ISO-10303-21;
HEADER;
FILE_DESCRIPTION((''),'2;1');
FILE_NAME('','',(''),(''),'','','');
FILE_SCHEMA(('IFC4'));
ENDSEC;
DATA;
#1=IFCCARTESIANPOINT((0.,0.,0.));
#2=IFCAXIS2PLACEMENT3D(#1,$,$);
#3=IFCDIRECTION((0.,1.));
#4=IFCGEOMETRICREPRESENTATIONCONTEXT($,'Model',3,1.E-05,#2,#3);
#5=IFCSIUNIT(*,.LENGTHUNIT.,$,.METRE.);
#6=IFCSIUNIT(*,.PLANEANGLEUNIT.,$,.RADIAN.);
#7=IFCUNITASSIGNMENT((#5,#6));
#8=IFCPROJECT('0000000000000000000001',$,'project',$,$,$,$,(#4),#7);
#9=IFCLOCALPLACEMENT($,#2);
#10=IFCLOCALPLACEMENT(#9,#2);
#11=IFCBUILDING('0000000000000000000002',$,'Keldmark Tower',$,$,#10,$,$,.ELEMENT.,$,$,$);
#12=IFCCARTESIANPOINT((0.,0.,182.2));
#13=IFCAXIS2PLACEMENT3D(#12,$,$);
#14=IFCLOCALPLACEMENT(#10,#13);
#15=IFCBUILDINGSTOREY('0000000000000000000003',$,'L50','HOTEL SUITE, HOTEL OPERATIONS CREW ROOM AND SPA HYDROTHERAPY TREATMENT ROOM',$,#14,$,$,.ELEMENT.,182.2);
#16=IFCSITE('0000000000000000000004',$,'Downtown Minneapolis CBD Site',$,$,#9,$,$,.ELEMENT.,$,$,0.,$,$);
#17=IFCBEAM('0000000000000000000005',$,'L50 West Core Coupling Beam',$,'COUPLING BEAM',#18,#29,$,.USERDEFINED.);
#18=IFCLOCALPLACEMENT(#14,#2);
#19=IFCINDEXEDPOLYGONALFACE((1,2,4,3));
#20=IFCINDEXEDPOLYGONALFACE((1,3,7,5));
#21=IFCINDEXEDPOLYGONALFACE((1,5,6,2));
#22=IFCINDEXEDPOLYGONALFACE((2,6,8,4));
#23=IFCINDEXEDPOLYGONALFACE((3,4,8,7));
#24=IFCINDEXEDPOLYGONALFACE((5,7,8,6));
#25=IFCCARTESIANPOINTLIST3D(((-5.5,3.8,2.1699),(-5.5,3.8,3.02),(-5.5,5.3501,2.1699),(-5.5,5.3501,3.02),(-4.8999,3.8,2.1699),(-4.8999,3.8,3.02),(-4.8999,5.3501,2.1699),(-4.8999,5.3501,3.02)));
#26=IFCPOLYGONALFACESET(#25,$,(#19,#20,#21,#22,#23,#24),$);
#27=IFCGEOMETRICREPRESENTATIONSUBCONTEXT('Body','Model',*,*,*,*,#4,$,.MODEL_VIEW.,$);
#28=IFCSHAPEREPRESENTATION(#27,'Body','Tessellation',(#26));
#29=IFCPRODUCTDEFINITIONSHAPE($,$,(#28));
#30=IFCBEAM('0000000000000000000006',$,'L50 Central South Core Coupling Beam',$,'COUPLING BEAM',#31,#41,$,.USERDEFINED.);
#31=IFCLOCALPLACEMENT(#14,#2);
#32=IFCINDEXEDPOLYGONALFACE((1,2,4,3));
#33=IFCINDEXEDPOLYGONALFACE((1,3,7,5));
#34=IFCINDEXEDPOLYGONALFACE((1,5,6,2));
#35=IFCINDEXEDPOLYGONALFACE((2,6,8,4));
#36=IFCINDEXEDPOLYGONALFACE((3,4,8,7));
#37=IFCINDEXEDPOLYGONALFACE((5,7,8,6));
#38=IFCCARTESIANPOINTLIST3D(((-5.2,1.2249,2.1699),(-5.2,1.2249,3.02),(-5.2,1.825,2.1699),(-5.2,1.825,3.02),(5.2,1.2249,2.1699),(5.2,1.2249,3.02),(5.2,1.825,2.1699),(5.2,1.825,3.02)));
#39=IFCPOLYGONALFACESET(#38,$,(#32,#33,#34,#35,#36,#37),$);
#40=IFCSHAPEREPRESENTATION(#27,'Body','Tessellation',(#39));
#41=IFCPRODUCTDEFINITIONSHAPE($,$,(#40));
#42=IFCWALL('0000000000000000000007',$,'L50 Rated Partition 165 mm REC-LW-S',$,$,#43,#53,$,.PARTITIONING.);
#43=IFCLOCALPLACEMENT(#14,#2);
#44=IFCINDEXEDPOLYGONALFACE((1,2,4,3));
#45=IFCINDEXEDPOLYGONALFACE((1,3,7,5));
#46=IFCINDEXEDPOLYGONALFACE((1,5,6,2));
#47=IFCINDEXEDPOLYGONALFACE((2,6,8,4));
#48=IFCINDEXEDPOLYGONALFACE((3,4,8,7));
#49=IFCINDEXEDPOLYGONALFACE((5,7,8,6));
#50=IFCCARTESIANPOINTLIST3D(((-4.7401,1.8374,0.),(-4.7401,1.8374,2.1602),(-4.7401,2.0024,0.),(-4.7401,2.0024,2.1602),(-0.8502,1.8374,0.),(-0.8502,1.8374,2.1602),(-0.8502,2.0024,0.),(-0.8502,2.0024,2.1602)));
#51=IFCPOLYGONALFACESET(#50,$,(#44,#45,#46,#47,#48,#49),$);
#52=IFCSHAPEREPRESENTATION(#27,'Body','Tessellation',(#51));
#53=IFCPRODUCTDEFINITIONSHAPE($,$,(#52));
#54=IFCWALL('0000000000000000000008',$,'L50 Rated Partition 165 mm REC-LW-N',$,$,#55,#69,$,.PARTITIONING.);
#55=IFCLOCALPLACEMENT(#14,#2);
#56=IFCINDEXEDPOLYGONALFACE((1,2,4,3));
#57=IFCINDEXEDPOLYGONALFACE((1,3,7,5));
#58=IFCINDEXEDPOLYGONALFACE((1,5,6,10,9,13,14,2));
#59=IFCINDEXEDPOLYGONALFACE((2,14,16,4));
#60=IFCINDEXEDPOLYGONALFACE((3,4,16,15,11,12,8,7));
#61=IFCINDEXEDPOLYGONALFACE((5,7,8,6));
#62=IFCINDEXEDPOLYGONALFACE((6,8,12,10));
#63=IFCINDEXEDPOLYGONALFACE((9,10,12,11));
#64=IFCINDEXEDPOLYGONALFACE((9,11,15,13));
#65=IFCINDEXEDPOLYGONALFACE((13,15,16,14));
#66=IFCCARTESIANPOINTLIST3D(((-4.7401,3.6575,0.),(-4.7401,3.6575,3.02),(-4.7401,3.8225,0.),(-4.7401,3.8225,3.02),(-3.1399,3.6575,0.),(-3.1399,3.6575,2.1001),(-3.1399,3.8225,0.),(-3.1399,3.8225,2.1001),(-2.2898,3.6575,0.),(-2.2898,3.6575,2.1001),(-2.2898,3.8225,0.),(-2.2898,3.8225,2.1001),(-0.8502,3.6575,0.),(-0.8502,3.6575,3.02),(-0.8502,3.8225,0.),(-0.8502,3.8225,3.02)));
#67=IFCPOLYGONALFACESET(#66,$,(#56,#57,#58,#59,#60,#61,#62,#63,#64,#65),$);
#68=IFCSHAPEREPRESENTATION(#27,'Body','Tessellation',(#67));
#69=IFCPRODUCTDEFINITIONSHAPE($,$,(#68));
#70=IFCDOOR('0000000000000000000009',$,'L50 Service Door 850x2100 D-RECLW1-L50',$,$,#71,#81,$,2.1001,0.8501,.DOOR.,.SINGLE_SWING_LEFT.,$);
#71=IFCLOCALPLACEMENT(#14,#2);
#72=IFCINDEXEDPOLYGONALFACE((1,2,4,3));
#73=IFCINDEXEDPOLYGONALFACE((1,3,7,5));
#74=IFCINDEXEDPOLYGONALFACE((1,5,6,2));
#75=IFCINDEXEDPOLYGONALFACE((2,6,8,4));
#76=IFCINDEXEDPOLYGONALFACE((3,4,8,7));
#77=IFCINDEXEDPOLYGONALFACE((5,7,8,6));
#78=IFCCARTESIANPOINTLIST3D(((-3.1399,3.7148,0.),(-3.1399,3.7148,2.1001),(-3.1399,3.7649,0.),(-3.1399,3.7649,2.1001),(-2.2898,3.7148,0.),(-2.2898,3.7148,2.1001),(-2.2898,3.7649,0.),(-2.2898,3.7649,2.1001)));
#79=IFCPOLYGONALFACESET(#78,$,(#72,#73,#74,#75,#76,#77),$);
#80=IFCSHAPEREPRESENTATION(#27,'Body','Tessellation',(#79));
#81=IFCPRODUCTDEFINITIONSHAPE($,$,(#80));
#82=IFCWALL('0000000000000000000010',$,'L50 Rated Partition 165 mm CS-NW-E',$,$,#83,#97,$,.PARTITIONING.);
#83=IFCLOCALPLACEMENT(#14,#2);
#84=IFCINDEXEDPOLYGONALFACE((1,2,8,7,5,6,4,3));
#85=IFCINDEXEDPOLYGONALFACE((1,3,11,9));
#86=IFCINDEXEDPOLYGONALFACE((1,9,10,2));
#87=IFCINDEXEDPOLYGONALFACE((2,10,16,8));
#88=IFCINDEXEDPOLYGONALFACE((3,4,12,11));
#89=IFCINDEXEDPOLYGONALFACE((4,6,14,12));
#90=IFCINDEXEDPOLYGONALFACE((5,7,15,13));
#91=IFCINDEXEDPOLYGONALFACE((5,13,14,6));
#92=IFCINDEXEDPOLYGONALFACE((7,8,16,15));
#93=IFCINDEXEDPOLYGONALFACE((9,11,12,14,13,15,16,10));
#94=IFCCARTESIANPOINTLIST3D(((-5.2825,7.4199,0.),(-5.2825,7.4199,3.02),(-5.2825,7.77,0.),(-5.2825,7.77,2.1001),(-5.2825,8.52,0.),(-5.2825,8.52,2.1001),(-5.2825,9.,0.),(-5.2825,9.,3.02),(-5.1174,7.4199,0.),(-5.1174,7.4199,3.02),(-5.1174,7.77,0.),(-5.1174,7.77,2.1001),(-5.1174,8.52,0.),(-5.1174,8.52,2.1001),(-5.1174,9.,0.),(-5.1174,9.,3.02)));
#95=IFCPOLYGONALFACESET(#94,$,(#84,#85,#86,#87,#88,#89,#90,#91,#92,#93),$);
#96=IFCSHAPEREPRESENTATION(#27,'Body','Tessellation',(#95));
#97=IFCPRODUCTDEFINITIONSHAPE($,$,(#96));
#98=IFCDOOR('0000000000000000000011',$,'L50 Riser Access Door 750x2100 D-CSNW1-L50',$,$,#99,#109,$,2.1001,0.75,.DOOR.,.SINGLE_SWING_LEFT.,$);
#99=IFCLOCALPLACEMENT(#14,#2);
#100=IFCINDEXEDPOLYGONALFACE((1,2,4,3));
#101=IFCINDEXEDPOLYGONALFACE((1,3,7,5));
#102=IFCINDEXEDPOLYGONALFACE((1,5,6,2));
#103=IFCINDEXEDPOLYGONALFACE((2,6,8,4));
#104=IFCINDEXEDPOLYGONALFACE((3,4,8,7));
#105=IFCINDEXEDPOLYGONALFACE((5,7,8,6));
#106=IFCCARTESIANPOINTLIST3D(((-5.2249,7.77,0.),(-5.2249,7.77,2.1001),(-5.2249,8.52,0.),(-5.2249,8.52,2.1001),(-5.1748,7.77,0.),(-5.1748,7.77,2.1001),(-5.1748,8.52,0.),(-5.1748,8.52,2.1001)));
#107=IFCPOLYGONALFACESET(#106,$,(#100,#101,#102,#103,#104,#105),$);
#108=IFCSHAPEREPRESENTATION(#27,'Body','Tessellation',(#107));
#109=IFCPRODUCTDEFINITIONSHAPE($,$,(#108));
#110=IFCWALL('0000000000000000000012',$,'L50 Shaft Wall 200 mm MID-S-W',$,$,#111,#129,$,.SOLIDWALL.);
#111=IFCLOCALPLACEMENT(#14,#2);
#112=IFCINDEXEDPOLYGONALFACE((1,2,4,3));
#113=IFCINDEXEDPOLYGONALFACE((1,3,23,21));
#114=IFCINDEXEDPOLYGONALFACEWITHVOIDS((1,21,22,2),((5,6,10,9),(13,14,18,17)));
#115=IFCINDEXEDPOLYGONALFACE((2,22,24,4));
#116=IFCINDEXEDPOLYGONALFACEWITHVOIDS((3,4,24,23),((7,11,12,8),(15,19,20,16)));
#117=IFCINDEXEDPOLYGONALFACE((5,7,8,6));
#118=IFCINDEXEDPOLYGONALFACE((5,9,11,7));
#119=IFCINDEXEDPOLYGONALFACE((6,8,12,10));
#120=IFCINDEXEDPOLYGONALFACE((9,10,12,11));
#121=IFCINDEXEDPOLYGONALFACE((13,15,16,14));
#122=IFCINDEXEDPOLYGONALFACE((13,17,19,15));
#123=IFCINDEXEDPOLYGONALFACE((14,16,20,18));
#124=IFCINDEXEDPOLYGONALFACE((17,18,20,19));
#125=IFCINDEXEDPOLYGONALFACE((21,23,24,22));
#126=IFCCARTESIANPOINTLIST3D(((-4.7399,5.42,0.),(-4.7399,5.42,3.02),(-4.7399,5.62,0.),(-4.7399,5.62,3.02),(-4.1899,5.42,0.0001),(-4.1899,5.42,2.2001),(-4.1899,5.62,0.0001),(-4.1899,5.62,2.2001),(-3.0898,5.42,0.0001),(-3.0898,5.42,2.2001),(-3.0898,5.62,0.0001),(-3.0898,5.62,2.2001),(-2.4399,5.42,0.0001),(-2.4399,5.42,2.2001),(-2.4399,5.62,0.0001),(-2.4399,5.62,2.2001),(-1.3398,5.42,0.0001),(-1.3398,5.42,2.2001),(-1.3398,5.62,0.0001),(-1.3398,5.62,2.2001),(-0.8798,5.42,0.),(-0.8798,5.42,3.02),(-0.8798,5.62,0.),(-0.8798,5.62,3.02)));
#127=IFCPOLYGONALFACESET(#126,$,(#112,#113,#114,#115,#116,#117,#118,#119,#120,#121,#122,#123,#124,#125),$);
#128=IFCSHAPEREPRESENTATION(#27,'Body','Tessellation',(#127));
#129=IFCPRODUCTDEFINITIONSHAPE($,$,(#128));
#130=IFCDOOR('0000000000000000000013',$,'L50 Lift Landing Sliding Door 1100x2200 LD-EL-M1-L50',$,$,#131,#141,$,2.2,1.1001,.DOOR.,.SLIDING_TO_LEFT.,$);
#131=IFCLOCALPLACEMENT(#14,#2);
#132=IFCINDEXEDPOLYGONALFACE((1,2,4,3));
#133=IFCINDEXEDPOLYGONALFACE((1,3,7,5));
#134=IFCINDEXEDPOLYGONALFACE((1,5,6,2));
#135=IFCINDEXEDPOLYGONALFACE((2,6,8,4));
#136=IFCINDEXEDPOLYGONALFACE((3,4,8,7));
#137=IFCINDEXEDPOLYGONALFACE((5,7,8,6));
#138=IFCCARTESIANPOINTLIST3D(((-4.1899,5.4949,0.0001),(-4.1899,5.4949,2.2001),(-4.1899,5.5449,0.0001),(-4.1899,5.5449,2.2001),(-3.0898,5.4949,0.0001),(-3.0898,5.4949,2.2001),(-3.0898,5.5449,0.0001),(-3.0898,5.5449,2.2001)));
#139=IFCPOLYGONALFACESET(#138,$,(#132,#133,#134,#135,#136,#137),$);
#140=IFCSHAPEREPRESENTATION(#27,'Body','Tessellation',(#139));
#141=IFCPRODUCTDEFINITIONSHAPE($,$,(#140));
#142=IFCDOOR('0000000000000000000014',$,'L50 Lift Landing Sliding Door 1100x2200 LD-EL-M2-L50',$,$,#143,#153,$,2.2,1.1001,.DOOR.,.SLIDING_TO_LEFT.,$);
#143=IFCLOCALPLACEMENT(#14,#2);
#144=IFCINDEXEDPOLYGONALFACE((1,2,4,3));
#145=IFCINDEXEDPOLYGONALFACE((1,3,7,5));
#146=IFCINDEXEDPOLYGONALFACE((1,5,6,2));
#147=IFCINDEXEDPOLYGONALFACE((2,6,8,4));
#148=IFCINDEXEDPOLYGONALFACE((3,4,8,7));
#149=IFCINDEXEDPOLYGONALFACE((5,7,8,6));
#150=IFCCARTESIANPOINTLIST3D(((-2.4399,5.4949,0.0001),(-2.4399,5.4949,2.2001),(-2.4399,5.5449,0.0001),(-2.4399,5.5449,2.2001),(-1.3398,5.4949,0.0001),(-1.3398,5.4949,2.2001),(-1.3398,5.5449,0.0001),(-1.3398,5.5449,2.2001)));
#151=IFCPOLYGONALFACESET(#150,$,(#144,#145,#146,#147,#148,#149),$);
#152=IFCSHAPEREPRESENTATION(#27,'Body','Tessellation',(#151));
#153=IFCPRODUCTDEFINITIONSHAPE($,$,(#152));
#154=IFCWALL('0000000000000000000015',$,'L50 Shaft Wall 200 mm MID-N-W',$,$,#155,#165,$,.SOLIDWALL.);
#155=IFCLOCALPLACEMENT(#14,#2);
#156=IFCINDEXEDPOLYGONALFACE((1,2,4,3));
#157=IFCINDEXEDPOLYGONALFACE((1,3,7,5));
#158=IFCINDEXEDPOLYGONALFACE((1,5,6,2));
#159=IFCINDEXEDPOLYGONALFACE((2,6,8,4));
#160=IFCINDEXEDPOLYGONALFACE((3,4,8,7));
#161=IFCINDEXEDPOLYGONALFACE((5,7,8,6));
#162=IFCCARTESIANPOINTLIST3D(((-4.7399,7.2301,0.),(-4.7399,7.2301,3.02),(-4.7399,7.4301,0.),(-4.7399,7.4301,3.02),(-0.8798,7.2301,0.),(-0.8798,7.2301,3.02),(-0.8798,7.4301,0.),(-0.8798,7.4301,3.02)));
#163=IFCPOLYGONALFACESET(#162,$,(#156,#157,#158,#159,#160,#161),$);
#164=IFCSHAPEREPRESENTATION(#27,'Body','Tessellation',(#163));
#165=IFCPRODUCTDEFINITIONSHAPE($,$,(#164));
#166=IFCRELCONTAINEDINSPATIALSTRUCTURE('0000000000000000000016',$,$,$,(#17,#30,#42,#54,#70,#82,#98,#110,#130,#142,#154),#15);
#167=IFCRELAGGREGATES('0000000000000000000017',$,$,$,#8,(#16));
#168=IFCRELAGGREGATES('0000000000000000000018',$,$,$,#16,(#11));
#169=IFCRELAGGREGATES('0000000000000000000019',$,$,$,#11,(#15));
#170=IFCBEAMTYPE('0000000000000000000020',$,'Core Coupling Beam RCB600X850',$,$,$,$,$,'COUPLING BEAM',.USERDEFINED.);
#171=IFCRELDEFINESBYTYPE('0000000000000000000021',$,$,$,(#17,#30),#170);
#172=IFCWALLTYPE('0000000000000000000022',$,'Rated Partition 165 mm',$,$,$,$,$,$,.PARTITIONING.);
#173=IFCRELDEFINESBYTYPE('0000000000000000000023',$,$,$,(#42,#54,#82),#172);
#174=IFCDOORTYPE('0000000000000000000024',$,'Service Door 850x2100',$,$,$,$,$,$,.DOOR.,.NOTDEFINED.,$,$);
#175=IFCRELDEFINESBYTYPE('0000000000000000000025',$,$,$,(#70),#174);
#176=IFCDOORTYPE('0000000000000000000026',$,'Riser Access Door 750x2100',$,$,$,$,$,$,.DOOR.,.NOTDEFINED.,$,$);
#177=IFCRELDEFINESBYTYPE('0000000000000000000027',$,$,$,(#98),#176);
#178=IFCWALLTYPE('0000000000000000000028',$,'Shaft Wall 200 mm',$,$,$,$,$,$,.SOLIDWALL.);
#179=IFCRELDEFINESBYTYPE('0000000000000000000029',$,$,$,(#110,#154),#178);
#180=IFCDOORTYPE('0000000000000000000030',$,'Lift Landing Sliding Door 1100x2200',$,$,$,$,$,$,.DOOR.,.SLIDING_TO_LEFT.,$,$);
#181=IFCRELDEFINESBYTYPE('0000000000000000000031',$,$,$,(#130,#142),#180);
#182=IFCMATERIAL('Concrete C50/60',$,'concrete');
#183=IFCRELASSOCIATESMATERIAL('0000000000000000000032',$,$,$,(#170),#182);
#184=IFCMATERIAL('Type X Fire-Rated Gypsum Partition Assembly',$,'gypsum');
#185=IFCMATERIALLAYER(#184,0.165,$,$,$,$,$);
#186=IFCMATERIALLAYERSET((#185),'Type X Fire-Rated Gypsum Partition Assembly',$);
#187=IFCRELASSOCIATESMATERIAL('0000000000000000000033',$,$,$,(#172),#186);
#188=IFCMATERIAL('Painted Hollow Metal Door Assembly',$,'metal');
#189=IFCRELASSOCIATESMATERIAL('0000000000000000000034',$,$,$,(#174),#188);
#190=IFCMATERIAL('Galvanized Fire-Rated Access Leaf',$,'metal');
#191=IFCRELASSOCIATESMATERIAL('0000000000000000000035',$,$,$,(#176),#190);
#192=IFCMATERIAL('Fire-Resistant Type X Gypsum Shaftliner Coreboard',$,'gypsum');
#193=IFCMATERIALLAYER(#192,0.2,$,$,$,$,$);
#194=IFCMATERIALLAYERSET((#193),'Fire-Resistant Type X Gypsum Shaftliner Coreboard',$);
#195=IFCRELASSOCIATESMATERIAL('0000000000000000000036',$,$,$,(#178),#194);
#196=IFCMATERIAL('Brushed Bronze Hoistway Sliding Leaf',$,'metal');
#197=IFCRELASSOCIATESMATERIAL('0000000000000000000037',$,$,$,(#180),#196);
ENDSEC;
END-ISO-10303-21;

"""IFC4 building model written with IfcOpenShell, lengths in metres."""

from ifc_helpers import new_model, si_unit, direction, frame, frame_2d, origin, origin_2d, place, context, subcontext, project, spatial, rectangle, extrude, material, layer, layer_set, material_profile, profile_set, type_object, element, fill, save


model = new_model("IFC4")

# Units and contexts
model_context = context("Model", 3, precision=1e-05, world=origin(), true_north=direction((0.0, 1.0)))
body_context = subcontext(model_context, "Body", "Model", "MODEL_VIEW")
ifc_project = project(units=[si_unit("LENGTHUNIT", "METRE"), si_unit("PLANEANGLEUNIT", "RADIAN")], contexts=[model_context])

# Site, building, storey
site_placement = place(None, origin())
site = spatial("IfcSite", under=ifc_project, at=site_placement, Name="Downtown Minneapolis CBD Site", CompositionType="ELEMENT", RefElevation=0.0)
building_placement = place(site_placement, origin())
building = spatial("IfcBuilding", under=site, at=building_placement, Name="Keldmark Tower", CompositionType="ELEMENT")
storey_placement = place(building_placement, frame((0.0, 0.0, 182.2)))
storey = spatial("IfcBuildingStorey", under=building, at=storey_placement, Name="L50", Description="HOTEL SUITE, HOTEL OPERATIONS CREW ROOM AND SPA HYDROTHERAPY TREATMENT ROOM", CompositionType="ELEMENT", Elevation=182.2)

# Beams
ifc_material_1 = material(Name="Concrete C50/60", Category="concrete")
ifc_material_profile = material_profile(ifc_material_1, rectangle(XDim=0.6001, YDim=0.8501, at=origin_2d()), Name="RCB600X850")
ifc_profile_set = profile_set([ifc_material_profile], Name="Concrete C50/60")
beam_type = type_object("IfcBeamType", Name="Core Coupling Beam RCB600X850", ElementType="COUPLING BEAM", PredefinedType="USERDEFINED", material=ifc_profile_set)
beam_1_placement = place(storey_placement, frame((-5.2, 3.8, 2.595), z_axis=(0.0, 1.0, 0.0), x_axis=(-1.0, 0.0, 0.0)))
element("IfcBeam", 1, at=beam_1_placement, inside=storey, type_object=beam_type, Name="L50 West Core Coupling Beam", ObjectType="COUPLING BEAM", PredefinedType="USERDEFINED", context=body_context, shape_type="SweptSolid", body=[
    extrude(rectangle(XDim=0.6001, YDim=0.8501, at=origin_2d()), origin(), (0.0, 0.0, 1.0), 1.55),
])
beam_2_placement = place(storey_placement, frame((-5.2, 1.5249, 2.595), z_axis=(1.0, 0.0, 0.0), x_axis=(0.0, 1.0, 0.0)))
element("IfcBeam", 2, at=beam_2_placement, inside=storey, type_object=beam_type, Name="L50 Central South Core Coupling Beam", ObjectType="COUPLING BEAM", PredefinedType="USERDEFINED", context=body_context, shape_type="SweptSolid", body=[
    extrude(rectangle(XDim=0.6001, YDim=0.8501, at=origin_2d()), origin(), (0.0, 0.0, 1.0), 10.3999),
])

# Wall
ifc_material_2 = material(Name="Type X Fire-Rated Gypsum Partition Assembly", Category="gypsum")
ifc_layer_1 = layer(ifc_material_2, 0.165)
ifc_layer_set_1 = layer_set([ifc_layer_1], Name="Type X Fire-Rated Gypsum Partition Assembly")
wall_type_1 = type_object("IfcWallType", Name="Rated Partition 165 mm", PredefinedType="PARTITIONING", material=ifc_layer_set_1)
wall_1_placement = place(storey_placement, frame((-4.74, 1.9199, 0.0), z_axis=(0.0, 0.0, 1.0), x_axis=(1.0, 0.0, 0.0)))
element("IfcWall", 3, at=wall_1_placement, inside=storey, type_object=wall_type_1, Name="L50 Rated Partition 165 mm REC-LW-S", PredefinedType="PARTITIONING", context=body_context, shape_type="SweptSolid", body=[
    extrude(rectangle(XDim=3.8899, YDim=0.165, at=frame_2d((1.9448, 0.0))), origin(), (0.0, 0.0, 1.0), 2.1602),
])

# Walls, openings, doors
wall_2_placement = place(storey_placement, frame((-4.74, 3.74, 0.0), z_axis=(0.0, 0.0, 1.0), x_axis=(1.0, 0.0, 0.0)))
wall_2 = element("IfcWall", 4, at=wall_2_placement, inside=storey, type_object=wall_type_1, Name="L50 Rated Partition 165 mm REC-LW-N", PredefinedType="PARTITIONING", context=body_context, shape_type="SweptSolid", body=[
    extrude(rectangle(XDim=3.8899, YDim=0.165, at=frame_2d((1.9448, 0.0))), origin(), (0.0, 0.0, 1.0), 3.02),
])
opening_1_placement = place(wall_2_placement, frame((1.6001, 0.0, 0.0)))
opening_1 = element("IfcOpeningElement", 5, at=opening_1_placement, cuts=wall_2, PredefinedType="OPENING", context=body_context, shape_type="SweptSolid", body=[
    extrude(rectangle(XDim=0.8501, YDim=2.1001, at=frame_2d((0.425, 1.05))), frame((0.0, 0.0925, 0.0), z_axis=(0.0, -1.0, 0.0), x_axis=(1.0, 0.0, 0.0)), (0.0, 0.0, 1.0), 0.1851),
])
ifc_material_3 = material(Name="Painted Hollow Metal Door Assembly", Category="metal")
door_type_1 = type_object("IfcDoorType", Name="Service Door 850x2100", OperationType="NOTDEFINED", PredefinedType="DOOR", material=ifc_material_3)
door_1_placement = place(opening_1_placement, origin())
door_1 = element("IfcDoor", 6, at=door_1_placement, inside=storey, type_object=door_type_1, Name="L50 Service Door 850x2100 D-RECLW1-L50", OperationType="SINGLE_SWING_LEFT", OverallHeight=2.1001, OverallWidth=0.8501, PredefinedType="DOOR", context=body_context, shape_type="SweptSolid", body=[
    extrude(rectangle(XDim=0.8501, YDim=2.1001, at=frame_2d((0.425, 1.05))), frame((0.0, 0.0249, 0.0), z_axis=(0.0, -1.0, 0.0), x_axis=(1.0, 0.0, 0.0)), (0.0, 0.0, 1.0), 0.05),
])
fill(opening_1, door_1)
wall_3_placement = place(storey_placement, frame((-5.2, 7.4199, 0.0), z_axis=(0.0, 0.0, 1.0), x_axis=(0.0, 1.0, 0.0)))
wall_3 = element("IfcWall", 7, at=wall_3_placement, inside=storey, type_object=wall_type_1, Name="L50 Rated Partition 165 mm CS-NW-E", PredefinedType="PARTITIONING", context=body_context, shape_type="SweptSolid", body=[
    extrude(rectangle(XDim=1.5801, YDim=0.165, at=frame_2d((0.79, 0.0))), origin(), (0.0, 0.0, 1.0), 3.02),
])
opening_2_placement = place(wall_3_placement, frame((0.3501, 0.0, 0.0)))
opening_2 = element("IfcOpeningElement", 8, at=opening_2_placement, cuts=wall_3, PredefinedType="OPENING", context=body_context, shape_type="SweptSolid", body=[
    extrude(rectangle(XDim=0.75, YDim=2.1001, at=frame_2d((0.375, 1.05))), frame((0.0, 0.0925, 0.0), z_axis=(0.0, -1.0, 0.0), x_axis=(1.0, 0.0, 0.0)), (0.0, 0.0, 1.0), 0.1851),
])
ifc_material_4 = material(Name="Galvanized Fire-Rated Access Leaf", Category="metal")
door_type_2 = type_object("IfcDoorType", Name="Riser Access Door 750x2100", OperationType="NOTDEFINED", PredefinedType="DOOR", material=ifc_material_4)
door_2_placement = place(opening_2_placement, origin())
door_2 = element("IfcDoor", 9, at=door_2_placement, inside=storey, type_object=door_type_2, Name="L50 Riser Access Door 750x2100 D-CSNW1-L50", OperationType="SINGLE_SWING_LEFT", OverallHeight=2.1001, OverallWidth=0.75, PredefinedType="DOOR", context=body_context, shape_type="SweptSolid", body=[
    extrude(rectangle(XDim=0.75, YDim=2.1001, at=frame_2d((0.375, 1.05))), frame((0.0, 0.0249, 0.0), z_axis=(0.0, -1.0, 0.0), x_axis=(1.0, 0.0, 0.0)), (0.0, 0.0, 1.0), 0.05),
])
fill(opening_2, door_2)

# Wall, openings, doors
ifc_material_5 = material(Name="Fire-Resistant Type X Gypsum Shaftliner Coreboard", Category="gypsum")
ifc_layer_2 = layer(ifc_material_5, 0.2)
ifc_layer_set_2 = layer_set([ifc_layer_2], Name="Fire-Resistant Type X Gypsum Shaftliner Coreboard")
wall_type_2 = type_object("IfcWallType", Name="Shaft Wall 200 mm", PredefinedType="SOLIDWALL", material=ifc_layer_set_2)
wall_4_placement = place(storey_placement, frame((-4.74, 5.52, 0.0), z_axis=(0.0, 0.0, 1.0), x_axis=(1.0, 0.0, 0.0)))
wall_4 = element("IfcWall", 10, at=wall_4_placement, inside=storey, type_object=wall_type_2, Name="L50 Shaft Wall 200 mm MID-S-W", PredefinedType="SOLIDWALL", context=body_context, shape_type="SweptSolid", body=[
    extrude(rectangle(XDim=3.8601, YDim=0.2, at=frame_2d((1.9302, 0.0))), origin(), (0.0, 0.0, 1.0), 3.02),
])
opening_3_placement = place(wall_4_placement, frame((0.55, 0.0, 0.0)))
opening_3 = element("IfcOpeningElement", 11, at=opening_3_placement, cuts=wall_4, PredefinedType="OPENING", context=body_context, shape_type="SweptSolid", body=[
    extrude(rectangle(XDim=1.1001, YDim=2.2, at=frame_2d((0.55, 1.1001))), frame((0.0, 0.1099, 0.0), z_axis=(0.0, -1.0, 0.0), x_axis=(1.0, 0.0, 0.0)), (0.0, 0.0, 1.0), 0.22),
])
opening_4_placement = place(wall_4_placement, frame((2.3, 0.0, 0.0)))
opening_4 = element("IfcOpeningElement", 12, at=opening_4_placement, cuts=wall_4, PredefinedType="OPENING", context=body_context, shape_type="SweptSolid", body=[
    extrude(rectangle(XDim=1.1001, YDim=2.2, at=frame_2d((0.55, 1.1001))), frame((0.0, 0.1099, 0.0), z_axis=(0.0, -1.0, 0.0), x_axis=(1.0, 0.0, 0.0)), (0.0, 0.0, 1.0), 0.22),
])
ifc_material_6 = material(Name="Brushed Bronze Hoistway Sliding Leaf", Category="metal")
door_type_3 = type_object("IfcDoorType", Name="Lift Landing Sliding Door 1100x2200", OperationType="SLIDING_TO_LEFT", PredefinedType="DOOR", material=ifc_material_6)
door_3_placement = place(opening_3_placement, origin())
door_3 = element("IfcDoor", 13, at=door_3_placement, inside=storey, type_object=door_type_3, Name="L50 Lift Landing Sliding Door 1100x2200 LD-EL-M1-L50", OperationType="SLIDING_TO_LEFT", OverallHeight=2.2, OverallWidth=1.1001, PredefinedType="DOOR", context=body_context, shape_type="SweptSolid", body=[
    extrude(rectangle(XDim=1.1001, YDim=2.2, at=frame_2d((0.55, 1.1001))), frame((0.0, 0.0249, 0.0), z_axis=(0.0, -1.0, 0.0), x_axis=(1.0, 0.0, 0.0)), (0.0, 0.0, 1.0), 0.05),
])
fill(opening_3, door_3)
door_4_placement = place(opening_4_placement, origin())
door_4 = element("IfcDoor", 14, at=door_4_placement, inside=storey, type_object=door_type_3, Name="L50 Lift Landing Sliding Door 1100x2200 LD-EL-M2-L50", OperationType="SLIDING_TO_LEFT", OverallHeight=2.2, OverallWidth=1.1001, PredefinedType="DOOR", context=body_context, shape_type="SweptSolid", body=[
    extrude(rectangle(XDim=1.1001, YDim=2.2, at=frame_2d((0.55, 1.1001))), frame((0.0, 0.0249, 0.0), z_axis=(0.0, -1.0, 0.0), x_axis=(1.0, 0.0, 0.0)), (0.0, 0.0, 1.0), 0.05),
])
fill(opening_4, door_4)

# Wall
wall_5_placement = place(storey_placement, frame((-4.74, 7.3301, 0.0), z_axis=(0.0, 0.0, 1.0), x_axis=(1.0, 0.0, 0.0)))
element("IfcWall", 15, at=wall_5_placement, inside=storey, type_object=wall_type_2, Name="L50 Shaft Wall 200 mm MID-N-W", PredefinedType="SOLIDWALL", context=body_context, shape_type="SweptSolid", body=[
    extrude(rectangle(XDim=3.8601, YDim=0.2, at=frame_2d((1.9302, 0.0))), origin(), (0.0, 0.0, 1.0), 3.02),
])

save(model, "model.ifc")
